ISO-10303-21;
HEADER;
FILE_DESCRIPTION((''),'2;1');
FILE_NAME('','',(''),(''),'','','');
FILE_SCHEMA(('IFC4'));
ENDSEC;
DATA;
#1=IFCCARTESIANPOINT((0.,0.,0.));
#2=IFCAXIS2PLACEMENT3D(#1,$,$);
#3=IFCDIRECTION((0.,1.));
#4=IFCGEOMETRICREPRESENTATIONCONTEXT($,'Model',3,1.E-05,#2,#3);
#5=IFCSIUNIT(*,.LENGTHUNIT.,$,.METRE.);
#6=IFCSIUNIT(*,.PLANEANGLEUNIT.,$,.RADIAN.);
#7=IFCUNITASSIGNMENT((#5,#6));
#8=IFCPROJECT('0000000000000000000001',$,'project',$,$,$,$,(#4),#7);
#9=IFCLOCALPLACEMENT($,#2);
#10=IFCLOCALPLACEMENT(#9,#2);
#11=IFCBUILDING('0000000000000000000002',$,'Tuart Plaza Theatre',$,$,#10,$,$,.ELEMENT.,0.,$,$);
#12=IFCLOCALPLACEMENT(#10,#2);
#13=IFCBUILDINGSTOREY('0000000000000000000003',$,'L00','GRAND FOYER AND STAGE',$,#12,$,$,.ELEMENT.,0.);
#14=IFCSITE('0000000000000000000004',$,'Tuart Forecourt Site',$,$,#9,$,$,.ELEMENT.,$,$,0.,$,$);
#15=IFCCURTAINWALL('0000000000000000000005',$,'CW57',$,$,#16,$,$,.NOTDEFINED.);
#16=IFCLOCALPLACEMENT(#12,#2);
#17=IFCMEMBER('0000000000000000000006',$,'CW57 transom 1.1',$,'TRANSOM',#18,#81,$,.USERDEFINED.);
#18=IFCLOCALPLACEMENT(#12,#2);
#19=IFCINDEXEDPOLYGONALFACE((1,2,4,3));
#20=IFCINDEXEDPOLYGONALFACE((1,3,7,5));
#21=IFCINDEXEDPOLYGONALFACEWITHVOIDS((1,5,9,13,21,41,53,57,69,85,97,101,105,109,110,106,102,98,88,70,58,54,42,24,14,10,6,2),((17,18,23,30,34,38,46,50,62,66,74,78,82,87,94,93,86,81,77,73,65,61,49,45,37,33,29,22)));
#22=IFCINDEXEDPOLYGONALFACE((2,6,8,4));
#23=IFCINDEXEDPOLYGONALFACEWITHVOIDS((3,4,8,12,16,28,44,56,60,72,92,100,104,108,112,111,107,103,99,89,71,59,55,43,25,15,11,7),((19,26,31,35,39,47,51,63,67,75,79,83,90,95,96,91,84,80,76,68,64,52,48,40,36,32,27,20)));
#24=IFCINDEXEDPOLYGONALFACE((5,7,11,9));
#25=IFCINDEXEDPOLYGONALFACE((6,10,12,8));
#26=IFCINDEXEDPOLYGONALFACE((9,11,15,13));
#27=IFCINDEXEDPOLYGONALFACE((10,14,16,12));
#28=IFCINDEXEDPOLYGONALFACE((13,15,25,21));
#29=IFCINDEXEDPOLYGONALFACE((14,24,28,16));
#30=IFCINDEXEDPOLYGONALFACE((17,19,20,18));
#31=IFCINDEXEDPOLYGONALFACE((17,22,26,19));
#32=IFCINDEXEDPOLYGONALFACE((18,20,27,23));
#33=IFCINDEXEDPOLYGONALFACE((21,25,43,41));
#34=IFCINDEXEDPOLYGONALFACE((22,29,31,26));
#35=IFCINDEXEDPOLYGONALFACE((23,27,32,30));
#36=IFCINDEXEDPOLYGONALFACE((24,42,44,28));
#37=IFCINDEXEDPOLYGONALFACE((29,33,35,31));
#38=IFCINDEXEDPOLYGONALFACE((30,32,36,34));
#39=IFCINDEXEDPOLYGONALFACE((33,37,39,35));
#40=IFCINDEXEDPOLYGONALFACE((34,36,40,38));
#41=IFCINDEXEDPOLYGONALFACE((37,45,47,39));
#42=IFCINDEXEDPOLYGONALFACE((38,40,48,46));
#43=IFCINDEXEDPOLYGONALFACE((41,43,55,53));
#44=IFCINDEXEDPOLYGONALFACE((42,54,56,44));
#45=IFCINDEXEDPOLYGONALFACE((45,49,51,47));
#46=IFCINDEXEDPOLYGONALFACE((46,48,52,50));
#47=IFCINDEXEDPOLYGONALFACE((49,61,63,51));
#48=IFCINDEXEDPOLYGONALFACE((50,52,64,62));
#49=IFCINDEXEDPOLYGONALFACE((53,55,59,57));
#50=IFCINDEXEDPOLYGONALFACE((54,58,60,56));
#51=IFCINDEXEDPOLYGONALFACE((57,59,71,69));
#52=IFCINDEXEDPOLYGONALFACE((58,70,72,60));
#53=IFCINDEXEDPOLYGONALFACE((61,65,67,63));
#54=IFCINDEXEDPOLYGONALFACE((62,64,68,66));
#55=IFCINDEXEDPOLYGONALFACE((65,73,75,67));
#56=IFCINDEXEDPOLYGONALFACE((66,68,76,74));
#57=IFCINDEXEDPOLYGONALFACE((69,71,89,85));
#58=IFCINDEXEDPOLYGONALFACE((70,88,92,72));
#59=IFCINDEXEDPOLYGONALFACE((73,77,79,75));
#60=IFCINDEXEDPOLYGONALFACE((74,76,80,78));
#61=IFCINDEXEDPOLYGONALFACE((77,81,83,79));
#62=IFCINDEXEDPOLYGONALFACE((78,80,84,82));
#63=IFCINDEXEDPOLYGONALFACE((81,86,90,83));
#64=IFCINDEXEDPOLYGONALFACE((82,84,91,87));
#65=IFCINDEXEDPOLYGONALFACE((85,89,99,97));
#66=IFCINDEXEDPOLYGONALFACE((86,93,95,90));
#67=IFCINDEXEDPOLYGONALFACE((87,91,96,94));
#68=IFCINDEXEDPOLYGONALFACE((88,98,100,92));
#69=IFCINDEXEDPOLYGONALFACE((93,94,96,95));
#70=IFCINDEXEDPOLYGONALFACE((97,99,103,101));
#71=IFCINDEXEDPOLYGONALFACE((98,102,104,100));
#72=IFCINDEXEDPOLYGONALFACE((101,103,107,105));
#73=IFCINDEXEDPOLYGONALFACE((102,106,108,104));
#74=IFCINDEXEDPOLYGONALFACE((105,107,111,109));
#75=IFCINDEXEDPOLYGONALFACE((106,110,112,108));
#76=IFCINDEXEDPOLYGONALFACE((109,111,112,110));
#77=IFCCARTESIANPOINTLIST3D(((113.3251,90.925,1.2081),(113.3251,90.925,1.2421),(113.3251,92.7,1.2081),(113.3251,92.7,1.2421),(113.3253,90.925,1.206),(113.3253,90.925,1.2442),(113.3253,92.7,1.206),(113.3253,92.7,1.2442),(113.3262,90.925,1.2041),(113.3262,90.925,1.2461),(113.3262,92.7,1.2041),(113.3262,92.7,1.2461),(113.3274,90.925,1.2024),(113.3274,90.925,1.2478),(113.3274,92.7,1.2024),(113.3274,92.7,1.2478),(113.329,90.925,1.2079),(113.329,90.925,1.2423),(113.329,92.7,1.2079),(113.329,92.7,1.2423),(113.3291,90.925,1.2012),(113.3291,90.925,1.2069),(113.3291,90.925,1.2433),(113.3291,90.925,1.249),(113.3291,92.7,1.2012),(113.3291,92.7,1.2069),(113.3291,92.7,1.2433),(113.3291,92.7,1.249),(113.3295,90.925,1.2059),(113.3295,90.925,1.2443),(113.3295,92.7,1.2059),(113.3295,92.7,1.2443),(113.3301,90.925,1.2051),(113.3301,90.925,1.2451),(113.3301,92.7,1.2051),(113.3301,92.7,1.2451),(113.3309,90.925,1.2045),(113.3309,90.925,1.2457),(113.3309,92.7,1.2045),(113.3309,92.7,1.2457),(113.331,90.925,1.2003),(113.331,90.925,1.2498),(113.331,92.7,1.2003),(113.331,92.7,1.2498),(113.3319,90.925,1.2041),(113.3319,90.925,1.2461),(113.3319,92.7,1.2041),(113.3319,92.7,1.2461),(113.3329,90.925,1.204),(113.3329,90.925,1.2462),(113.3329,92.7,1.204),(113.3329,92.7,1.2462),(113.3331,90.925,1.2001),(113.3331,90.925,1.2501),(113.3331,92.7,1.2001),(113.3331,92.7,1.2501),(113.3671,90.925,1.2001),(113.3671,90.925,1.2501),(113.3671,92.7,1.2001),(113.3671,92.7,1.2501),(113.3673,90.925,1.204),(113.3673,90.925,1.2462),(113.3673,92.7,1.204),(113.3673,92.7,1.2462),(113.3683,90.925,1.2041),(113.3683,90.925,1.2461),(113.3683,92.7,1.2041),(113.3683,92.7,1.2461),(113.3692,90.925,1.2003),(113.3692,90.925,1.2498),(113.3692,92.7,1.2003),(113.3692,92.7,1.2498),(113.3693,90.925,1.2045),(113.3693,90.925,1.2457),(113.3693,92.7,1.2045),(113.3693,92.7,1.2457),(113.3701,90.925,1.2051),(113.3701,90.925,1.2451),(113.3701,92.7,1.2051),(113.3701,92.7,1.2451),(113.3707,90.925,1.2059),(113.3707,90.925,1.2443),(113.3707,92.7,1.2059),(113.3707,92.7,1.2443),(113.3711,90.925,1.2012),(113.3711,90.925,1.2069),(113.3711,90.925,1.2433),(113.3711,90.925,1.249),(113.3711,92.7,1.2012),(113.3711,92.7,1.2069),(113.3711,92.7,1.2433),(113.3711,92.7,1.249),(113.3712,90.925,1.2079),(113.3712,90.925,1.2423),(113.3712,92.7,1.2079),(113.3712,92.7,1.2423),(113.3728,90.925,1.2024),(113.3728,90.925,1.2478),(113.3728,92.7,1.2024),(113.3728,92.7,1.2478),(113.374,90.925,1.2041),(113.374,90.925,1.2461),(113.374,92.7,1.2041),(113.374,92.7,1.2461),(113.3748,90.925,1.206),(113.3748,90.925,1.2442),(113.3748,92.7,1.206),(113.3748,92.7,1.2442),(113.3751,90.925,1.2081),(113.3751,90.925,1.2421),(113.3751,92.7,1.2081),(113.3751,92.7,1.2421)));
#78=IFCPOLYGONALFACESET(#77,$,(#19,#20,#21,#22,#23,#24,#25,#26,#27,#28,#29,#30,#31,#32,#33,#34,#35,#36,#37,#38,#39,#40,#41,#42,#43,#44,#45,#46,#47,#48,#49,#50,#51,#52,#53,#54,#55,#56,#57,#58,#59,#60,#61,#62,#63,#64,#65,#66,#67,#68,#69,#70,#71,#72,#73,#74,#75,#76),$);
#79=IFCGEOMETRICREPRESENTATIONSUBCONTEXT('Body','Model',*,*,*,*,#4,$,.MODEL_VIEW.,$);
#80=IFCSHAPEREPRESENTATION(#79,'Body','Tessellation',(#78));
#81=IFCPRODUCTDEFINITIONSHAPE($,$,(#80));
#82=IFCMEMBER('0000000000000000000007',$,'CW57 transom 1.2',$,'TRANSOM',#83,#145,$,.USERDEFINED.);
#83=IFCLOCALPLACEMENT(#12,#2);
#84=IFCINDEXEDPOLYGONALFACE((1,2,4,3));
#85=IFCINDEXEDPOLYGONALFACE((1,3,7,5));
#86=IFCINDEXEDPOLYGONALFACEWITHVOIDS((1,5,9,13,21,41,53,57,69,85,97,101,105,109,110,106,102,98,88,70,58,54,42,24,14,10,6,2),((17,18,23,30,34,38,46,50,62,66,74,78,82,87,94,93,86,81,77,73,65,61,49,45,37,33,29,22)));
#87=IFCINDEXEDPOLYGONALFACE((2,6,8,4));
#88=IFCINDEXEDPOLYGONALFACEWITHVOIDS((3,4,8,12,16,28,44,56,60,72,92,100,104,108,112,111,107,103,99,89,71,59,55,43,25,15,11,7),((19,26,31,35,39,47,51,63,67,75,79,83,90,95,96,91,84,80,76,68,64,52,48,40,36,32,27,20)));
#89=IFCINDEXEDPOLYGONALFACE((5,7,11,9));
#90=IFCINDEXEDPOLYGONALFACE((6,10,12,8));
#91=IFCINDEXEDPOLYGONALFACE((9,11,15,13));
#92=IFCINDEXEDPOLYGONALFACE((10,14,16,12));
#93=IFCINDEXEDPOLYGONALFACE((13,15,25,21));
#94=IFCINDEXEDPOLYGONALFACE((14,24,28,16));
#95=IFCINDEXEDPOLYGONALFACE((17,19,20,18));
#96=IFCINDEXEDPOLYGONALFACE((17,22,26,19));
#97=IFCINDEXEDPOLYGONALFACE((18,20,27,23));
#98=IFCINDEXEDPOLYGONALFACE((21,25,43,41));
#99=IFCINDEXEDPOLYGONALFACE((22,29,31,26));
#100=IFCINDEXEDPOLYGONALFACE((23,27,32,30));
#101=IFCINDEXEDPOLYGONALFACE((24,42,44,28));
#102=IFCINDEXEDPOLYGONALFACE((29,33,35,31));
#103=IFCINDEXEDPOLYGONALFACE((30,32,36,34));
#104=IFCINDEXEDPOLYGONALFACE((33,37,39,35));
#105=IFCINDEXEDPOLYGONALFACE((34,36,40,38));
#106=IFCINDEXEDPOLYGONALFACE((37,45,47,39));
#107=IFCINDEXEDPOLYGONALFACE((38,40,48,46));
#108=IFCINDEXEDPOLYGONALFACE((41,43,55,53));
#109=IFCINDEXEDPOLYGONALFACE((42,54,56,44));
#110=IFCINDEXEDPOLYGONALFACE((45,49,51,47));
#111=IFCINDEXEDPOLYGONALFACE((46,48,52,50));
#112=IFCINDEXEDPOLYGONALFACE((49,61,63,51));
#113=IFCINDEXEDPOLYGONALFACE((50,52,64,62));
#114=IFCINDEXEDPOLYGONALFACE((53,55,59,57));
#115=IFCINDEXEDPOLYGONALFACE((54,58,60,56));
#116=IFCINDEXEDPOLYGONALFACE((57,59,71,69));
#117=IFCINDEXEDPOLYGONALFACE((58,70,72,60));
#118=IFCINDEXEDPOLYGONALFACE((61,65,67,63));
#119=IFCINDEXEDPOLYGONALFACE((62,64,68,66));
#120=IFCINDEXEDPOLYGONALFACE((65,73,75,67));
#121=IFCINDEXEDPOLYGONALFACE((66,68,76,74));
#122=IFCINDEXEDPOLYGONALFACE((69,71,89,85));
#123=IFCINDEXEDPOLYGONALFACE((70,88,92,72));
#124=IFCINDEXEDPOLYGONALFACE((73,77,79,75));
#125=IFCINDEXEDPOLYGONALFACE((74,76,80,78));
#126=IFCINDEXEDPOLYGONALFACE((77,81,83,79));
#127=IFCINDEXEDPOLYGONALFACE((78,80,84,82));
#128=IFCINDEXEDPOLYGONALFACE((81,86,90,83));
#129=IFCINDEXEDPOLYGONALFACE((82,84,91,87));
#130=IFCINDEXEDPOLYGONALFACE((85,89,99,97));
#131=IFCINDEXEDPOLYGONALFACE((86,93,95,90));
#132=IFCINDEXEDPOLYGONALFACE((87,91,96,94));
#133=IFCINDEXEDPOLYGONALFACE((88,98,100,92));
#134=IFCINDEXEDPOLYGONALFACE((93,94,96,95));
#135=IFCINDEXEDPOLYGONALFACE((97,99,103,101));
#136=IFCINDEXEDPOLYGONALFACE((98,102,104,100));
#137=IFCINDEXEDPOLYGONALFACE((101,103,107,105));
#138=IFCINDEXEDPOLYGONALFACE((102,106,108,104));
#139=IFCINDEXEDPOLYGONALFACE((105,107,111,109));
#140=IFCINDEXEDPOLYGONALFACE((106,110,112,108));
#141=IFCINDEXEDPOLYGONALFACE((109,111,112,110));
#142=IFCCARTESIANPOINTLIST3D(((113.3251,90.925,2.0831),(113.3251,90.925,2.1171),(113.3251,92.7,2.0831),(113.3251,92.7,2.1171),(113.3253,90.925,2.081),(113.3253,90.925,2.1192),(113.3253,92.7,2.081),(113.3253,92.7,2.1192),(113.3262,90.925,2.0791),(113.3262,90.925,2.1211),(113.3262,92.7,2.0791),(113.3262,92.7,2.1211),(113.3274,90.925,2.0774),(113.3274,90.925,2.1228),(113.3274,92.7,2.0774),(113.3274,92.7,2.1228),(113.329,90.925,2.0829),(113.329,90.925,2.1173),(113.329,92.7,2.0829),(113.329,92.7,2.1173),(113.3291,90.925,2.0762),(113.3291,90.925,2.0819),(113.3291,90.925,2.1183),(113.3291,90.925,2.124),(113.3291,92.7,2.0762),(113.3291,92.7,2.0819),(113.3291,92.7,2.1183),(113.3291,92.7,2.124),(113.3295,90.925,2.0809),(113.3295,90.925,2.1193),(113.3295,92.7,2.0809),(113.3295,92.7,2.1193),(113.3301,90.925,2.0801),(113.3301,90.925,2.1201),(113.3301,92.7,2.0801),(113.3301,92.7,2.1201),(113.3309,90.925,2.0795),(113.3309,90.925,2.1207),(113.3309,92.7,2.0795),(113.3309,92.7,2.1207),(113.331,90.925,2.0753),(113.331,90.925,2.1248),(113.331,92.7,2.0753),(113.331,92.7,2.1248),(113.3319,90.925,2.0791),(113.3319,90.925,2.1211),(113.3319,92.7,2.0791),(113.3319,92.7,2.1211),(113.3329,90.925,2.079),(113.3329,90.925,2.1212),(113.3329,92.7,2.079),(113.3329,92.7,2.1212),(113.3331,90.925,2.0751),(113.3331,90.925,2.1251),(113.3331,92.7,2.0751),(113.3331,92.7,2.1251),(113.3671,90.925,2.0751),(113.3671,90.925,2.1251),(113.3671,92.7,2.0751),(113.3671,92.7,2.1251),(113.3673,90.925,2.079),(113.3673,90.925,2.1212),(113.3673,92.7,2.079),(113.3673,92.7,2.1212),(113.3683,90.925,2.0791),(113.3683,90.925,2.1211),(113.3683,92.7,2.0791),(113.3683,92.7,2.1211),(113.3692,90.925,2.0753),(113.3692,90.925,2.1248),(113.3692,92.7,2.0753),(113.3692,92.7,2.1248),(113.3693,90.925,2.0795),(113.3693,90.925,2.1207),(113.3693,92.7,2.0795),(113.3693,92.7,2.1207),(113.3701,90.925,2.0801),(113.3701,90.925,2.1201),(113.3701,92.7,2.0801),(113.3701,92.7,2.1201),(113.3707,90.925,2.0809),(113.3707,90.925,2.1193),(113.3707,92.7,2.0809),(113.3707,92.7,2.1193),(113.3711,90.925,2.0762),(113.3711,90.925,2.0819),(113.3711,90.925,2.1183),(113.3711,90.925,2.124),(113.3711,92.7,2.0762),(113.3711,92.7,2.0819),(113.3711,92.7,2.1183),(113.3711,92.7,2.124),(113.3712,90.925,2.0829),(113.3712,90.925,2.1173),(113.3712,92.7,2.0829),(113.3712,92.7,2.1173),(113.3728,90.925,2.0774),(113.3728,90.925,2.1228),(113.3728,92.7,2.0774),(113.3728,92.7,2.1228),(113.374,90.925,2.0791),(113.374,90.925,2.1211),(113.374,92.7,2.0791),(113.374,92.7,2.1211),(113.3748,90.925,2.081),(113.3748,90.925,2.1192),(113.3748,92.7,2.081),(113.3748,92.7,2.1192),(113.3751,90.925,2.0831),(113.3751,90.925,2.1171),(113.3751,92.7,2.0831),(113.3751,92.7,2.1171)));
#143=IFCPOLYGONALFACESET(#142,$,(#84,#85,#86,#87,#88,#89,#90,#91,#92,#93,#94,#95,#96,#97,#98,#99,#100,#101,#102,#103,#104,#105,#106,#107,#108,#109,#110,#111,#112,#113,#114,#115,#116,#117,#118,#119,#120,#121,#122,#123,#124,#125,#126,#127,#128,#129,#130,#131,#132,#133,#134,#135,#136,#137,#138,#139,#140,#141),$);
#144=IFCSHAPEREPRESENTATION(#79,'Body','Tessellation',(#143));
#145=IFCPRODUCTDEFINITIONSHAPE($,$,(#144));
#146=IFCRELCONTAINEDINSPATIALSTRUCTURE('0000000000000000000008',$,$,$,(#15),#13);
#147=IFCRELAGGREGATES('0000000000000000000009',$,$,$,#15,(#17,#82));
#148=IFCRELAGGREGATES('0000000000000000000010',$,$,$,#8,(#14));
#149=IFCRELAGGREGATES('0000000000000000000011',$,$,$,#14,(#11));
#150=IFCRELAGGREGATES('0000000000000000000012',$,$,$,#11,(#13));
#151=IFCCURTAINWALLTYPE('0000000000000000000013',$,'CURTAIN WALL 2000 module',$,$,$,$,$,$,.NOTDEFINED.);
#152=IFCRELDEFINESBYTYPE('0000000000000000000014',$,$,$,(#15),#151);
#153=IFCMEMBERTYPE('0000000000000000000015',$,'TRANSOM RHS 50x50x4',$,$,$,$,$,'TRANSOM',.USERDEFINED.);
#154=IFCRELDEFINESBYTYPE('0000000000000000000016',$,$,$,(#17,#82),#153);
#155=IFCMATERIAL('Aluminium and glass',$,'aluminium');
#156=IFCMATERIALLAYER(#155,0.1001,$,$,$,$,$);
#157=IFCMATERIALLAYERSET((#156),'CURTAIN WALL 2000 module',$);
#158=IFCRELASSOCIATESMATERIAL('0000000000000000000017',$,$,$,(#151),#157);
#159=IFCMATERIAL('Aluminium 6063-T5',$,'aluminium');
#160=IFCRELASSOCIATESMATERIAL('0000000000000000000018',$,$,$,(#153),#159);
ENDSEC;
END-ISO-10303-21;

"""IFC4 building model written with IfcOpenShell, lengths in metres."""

from ifc_helpers import new_model, si_unit, direction, frame, origin, origin_2d, place, context, subcontext, project, spatial, hollow_rectangle, extrude, material, layer, layer_set, material_profile, profile_set, type_object, element, aggregate, save


model = new_model("IFC4")

# Units and contexts
model_context = context("Model", 3, precision=1e-05, world=origin(), true_north=direction((0.0, 1.0)))
body_context = subcontext(model_context, "Body", "Model", "MODEL_VIEW")
ifc_project = project(units=[si_unit("LENGTHUNIT", "METRE"), si_unit("PLANEANGLEUNIT", "RADIAN")], contexts=[model_context])

# Site, building, storey
site_placement = place(None, origin())
site = spatial("IfcSite", under=ifc_project, at=site_placement, Name="Tuart Forecourt Site", CompositionType="ELEMENT", RefElevation=0.0)
building_placement = place(site_placement, origin())
building = spatial("IfcBuilding", under=site, at=building_placement, Name="Tuart Plaza Theatre", CompositionType="ELEMENT", ElevationOfRefHeight=0.0)
storey_placement = place(building_placement, origin())
storey = spatial("IfcBuildingStorey", under=building, at=storey_placement, Name="L00", Description="GRAND FOYER AND STAGE", CompositionType="ELEMENT", Elevation=0.0)

# Curtain wall
ifc_material_1 = material(Name="Aluminium and glass", Category="aluminium")
ifc_layer_1 = layer(ifc_material_1, 0.1001)
ifc_layer_set_1 = layer_set([ifc_layer_1], Name="CURTAIN WALL 2000 module")
curtain_wall_type_1 = type_object("IfcCurtainWallType", Name="CURTAIN WALL 2000 module", PredefinedType="NOTDEFINED", material=ifc_layer_set_1)
curtain_wall_1_placement = place(storey_placement, origin())
curtain_wall_1 = element("IfcCurtainWall", 1, at=curtain_wall_1_placement, inside=storey, type_object=curtain_wall_type_1, Name="CW57", PredefinedType="NOTDEFINED")

# Members
ifc_material_2 = material(Name="Aluminium 6063-T5", Category="aluminium")
ifc_material_profile_1 = material_profile(ifc_material_2, hollow_rectangle(XDim=0.05, YDim=0.05, WallThickness=0.0039, InnerFilletRadius=0.0039, OuterFilletRadius=0.0081, at=origin_2d()), Name="RHS 50x50x4")
ifc_profile_set_1 = profile_set([ifc_material_profile_1], Name="Aluminium 6063-T5")
member_type_1 = type_object("IfcMemberType", Name="TRANSOM RHS 50x50x4", ElementType="TRANSOM", PredefinedType="USERDEFINED", material=ifc_profile_set_1)
member_1_placement = place(storey_placement, frame((113.3501, 92.7, 1.2251), z_axis=(0.0, -1.0, 0.0), x_axis=(1.0, 0.0, 0.0)))
member_1 = element("IfcMember", 2, at=member_1_placement, type_object=member_type_1, Name="CW57 transom 1.1", ObjectType="TRANSOM", PredefinedType="USERDEFINED", context=body_context, shape_type="SweptSolid", body=[
    extrude(hollow_rectangle(XDim=0.05, YDim=0.05, WallThickness=0.0039, InnerFilletRadius=0.0039, OuterFilletRadius=0.0081, at=origin_2d()), origin(), (0.0, 0.0, 1.0), 1.7749),
])
member_2_placement = place(storey_placement, frame((113.3501, 92.7, 2.1001), z_axis=(0.0, -1.0, 0.0), x_axis=(1.0, 0.0, 0.0)))
member_2 = element("IfcMember", 3, at=member_2_placement, type_object=member_type_1, Name="CW57 transom 1.2", ObjectType="TRANSOM", PredefinedType="USERDEFINED", context=body_context, shape_type="SweptSolid", body=[
    extrude(hollow_rectangle(XDim=0.05, YDim=0.05, WallThickness=0.0039, InnerFilletRadius=0.0039, OuterFilletRadius=0.0081, at=origin_2d()), origin(), (0.0, 0.0, 1.0), 1.7749),
])
aggregate(curtain_wall_1, [member_1, member_2])

save(model, "model.ifc")
